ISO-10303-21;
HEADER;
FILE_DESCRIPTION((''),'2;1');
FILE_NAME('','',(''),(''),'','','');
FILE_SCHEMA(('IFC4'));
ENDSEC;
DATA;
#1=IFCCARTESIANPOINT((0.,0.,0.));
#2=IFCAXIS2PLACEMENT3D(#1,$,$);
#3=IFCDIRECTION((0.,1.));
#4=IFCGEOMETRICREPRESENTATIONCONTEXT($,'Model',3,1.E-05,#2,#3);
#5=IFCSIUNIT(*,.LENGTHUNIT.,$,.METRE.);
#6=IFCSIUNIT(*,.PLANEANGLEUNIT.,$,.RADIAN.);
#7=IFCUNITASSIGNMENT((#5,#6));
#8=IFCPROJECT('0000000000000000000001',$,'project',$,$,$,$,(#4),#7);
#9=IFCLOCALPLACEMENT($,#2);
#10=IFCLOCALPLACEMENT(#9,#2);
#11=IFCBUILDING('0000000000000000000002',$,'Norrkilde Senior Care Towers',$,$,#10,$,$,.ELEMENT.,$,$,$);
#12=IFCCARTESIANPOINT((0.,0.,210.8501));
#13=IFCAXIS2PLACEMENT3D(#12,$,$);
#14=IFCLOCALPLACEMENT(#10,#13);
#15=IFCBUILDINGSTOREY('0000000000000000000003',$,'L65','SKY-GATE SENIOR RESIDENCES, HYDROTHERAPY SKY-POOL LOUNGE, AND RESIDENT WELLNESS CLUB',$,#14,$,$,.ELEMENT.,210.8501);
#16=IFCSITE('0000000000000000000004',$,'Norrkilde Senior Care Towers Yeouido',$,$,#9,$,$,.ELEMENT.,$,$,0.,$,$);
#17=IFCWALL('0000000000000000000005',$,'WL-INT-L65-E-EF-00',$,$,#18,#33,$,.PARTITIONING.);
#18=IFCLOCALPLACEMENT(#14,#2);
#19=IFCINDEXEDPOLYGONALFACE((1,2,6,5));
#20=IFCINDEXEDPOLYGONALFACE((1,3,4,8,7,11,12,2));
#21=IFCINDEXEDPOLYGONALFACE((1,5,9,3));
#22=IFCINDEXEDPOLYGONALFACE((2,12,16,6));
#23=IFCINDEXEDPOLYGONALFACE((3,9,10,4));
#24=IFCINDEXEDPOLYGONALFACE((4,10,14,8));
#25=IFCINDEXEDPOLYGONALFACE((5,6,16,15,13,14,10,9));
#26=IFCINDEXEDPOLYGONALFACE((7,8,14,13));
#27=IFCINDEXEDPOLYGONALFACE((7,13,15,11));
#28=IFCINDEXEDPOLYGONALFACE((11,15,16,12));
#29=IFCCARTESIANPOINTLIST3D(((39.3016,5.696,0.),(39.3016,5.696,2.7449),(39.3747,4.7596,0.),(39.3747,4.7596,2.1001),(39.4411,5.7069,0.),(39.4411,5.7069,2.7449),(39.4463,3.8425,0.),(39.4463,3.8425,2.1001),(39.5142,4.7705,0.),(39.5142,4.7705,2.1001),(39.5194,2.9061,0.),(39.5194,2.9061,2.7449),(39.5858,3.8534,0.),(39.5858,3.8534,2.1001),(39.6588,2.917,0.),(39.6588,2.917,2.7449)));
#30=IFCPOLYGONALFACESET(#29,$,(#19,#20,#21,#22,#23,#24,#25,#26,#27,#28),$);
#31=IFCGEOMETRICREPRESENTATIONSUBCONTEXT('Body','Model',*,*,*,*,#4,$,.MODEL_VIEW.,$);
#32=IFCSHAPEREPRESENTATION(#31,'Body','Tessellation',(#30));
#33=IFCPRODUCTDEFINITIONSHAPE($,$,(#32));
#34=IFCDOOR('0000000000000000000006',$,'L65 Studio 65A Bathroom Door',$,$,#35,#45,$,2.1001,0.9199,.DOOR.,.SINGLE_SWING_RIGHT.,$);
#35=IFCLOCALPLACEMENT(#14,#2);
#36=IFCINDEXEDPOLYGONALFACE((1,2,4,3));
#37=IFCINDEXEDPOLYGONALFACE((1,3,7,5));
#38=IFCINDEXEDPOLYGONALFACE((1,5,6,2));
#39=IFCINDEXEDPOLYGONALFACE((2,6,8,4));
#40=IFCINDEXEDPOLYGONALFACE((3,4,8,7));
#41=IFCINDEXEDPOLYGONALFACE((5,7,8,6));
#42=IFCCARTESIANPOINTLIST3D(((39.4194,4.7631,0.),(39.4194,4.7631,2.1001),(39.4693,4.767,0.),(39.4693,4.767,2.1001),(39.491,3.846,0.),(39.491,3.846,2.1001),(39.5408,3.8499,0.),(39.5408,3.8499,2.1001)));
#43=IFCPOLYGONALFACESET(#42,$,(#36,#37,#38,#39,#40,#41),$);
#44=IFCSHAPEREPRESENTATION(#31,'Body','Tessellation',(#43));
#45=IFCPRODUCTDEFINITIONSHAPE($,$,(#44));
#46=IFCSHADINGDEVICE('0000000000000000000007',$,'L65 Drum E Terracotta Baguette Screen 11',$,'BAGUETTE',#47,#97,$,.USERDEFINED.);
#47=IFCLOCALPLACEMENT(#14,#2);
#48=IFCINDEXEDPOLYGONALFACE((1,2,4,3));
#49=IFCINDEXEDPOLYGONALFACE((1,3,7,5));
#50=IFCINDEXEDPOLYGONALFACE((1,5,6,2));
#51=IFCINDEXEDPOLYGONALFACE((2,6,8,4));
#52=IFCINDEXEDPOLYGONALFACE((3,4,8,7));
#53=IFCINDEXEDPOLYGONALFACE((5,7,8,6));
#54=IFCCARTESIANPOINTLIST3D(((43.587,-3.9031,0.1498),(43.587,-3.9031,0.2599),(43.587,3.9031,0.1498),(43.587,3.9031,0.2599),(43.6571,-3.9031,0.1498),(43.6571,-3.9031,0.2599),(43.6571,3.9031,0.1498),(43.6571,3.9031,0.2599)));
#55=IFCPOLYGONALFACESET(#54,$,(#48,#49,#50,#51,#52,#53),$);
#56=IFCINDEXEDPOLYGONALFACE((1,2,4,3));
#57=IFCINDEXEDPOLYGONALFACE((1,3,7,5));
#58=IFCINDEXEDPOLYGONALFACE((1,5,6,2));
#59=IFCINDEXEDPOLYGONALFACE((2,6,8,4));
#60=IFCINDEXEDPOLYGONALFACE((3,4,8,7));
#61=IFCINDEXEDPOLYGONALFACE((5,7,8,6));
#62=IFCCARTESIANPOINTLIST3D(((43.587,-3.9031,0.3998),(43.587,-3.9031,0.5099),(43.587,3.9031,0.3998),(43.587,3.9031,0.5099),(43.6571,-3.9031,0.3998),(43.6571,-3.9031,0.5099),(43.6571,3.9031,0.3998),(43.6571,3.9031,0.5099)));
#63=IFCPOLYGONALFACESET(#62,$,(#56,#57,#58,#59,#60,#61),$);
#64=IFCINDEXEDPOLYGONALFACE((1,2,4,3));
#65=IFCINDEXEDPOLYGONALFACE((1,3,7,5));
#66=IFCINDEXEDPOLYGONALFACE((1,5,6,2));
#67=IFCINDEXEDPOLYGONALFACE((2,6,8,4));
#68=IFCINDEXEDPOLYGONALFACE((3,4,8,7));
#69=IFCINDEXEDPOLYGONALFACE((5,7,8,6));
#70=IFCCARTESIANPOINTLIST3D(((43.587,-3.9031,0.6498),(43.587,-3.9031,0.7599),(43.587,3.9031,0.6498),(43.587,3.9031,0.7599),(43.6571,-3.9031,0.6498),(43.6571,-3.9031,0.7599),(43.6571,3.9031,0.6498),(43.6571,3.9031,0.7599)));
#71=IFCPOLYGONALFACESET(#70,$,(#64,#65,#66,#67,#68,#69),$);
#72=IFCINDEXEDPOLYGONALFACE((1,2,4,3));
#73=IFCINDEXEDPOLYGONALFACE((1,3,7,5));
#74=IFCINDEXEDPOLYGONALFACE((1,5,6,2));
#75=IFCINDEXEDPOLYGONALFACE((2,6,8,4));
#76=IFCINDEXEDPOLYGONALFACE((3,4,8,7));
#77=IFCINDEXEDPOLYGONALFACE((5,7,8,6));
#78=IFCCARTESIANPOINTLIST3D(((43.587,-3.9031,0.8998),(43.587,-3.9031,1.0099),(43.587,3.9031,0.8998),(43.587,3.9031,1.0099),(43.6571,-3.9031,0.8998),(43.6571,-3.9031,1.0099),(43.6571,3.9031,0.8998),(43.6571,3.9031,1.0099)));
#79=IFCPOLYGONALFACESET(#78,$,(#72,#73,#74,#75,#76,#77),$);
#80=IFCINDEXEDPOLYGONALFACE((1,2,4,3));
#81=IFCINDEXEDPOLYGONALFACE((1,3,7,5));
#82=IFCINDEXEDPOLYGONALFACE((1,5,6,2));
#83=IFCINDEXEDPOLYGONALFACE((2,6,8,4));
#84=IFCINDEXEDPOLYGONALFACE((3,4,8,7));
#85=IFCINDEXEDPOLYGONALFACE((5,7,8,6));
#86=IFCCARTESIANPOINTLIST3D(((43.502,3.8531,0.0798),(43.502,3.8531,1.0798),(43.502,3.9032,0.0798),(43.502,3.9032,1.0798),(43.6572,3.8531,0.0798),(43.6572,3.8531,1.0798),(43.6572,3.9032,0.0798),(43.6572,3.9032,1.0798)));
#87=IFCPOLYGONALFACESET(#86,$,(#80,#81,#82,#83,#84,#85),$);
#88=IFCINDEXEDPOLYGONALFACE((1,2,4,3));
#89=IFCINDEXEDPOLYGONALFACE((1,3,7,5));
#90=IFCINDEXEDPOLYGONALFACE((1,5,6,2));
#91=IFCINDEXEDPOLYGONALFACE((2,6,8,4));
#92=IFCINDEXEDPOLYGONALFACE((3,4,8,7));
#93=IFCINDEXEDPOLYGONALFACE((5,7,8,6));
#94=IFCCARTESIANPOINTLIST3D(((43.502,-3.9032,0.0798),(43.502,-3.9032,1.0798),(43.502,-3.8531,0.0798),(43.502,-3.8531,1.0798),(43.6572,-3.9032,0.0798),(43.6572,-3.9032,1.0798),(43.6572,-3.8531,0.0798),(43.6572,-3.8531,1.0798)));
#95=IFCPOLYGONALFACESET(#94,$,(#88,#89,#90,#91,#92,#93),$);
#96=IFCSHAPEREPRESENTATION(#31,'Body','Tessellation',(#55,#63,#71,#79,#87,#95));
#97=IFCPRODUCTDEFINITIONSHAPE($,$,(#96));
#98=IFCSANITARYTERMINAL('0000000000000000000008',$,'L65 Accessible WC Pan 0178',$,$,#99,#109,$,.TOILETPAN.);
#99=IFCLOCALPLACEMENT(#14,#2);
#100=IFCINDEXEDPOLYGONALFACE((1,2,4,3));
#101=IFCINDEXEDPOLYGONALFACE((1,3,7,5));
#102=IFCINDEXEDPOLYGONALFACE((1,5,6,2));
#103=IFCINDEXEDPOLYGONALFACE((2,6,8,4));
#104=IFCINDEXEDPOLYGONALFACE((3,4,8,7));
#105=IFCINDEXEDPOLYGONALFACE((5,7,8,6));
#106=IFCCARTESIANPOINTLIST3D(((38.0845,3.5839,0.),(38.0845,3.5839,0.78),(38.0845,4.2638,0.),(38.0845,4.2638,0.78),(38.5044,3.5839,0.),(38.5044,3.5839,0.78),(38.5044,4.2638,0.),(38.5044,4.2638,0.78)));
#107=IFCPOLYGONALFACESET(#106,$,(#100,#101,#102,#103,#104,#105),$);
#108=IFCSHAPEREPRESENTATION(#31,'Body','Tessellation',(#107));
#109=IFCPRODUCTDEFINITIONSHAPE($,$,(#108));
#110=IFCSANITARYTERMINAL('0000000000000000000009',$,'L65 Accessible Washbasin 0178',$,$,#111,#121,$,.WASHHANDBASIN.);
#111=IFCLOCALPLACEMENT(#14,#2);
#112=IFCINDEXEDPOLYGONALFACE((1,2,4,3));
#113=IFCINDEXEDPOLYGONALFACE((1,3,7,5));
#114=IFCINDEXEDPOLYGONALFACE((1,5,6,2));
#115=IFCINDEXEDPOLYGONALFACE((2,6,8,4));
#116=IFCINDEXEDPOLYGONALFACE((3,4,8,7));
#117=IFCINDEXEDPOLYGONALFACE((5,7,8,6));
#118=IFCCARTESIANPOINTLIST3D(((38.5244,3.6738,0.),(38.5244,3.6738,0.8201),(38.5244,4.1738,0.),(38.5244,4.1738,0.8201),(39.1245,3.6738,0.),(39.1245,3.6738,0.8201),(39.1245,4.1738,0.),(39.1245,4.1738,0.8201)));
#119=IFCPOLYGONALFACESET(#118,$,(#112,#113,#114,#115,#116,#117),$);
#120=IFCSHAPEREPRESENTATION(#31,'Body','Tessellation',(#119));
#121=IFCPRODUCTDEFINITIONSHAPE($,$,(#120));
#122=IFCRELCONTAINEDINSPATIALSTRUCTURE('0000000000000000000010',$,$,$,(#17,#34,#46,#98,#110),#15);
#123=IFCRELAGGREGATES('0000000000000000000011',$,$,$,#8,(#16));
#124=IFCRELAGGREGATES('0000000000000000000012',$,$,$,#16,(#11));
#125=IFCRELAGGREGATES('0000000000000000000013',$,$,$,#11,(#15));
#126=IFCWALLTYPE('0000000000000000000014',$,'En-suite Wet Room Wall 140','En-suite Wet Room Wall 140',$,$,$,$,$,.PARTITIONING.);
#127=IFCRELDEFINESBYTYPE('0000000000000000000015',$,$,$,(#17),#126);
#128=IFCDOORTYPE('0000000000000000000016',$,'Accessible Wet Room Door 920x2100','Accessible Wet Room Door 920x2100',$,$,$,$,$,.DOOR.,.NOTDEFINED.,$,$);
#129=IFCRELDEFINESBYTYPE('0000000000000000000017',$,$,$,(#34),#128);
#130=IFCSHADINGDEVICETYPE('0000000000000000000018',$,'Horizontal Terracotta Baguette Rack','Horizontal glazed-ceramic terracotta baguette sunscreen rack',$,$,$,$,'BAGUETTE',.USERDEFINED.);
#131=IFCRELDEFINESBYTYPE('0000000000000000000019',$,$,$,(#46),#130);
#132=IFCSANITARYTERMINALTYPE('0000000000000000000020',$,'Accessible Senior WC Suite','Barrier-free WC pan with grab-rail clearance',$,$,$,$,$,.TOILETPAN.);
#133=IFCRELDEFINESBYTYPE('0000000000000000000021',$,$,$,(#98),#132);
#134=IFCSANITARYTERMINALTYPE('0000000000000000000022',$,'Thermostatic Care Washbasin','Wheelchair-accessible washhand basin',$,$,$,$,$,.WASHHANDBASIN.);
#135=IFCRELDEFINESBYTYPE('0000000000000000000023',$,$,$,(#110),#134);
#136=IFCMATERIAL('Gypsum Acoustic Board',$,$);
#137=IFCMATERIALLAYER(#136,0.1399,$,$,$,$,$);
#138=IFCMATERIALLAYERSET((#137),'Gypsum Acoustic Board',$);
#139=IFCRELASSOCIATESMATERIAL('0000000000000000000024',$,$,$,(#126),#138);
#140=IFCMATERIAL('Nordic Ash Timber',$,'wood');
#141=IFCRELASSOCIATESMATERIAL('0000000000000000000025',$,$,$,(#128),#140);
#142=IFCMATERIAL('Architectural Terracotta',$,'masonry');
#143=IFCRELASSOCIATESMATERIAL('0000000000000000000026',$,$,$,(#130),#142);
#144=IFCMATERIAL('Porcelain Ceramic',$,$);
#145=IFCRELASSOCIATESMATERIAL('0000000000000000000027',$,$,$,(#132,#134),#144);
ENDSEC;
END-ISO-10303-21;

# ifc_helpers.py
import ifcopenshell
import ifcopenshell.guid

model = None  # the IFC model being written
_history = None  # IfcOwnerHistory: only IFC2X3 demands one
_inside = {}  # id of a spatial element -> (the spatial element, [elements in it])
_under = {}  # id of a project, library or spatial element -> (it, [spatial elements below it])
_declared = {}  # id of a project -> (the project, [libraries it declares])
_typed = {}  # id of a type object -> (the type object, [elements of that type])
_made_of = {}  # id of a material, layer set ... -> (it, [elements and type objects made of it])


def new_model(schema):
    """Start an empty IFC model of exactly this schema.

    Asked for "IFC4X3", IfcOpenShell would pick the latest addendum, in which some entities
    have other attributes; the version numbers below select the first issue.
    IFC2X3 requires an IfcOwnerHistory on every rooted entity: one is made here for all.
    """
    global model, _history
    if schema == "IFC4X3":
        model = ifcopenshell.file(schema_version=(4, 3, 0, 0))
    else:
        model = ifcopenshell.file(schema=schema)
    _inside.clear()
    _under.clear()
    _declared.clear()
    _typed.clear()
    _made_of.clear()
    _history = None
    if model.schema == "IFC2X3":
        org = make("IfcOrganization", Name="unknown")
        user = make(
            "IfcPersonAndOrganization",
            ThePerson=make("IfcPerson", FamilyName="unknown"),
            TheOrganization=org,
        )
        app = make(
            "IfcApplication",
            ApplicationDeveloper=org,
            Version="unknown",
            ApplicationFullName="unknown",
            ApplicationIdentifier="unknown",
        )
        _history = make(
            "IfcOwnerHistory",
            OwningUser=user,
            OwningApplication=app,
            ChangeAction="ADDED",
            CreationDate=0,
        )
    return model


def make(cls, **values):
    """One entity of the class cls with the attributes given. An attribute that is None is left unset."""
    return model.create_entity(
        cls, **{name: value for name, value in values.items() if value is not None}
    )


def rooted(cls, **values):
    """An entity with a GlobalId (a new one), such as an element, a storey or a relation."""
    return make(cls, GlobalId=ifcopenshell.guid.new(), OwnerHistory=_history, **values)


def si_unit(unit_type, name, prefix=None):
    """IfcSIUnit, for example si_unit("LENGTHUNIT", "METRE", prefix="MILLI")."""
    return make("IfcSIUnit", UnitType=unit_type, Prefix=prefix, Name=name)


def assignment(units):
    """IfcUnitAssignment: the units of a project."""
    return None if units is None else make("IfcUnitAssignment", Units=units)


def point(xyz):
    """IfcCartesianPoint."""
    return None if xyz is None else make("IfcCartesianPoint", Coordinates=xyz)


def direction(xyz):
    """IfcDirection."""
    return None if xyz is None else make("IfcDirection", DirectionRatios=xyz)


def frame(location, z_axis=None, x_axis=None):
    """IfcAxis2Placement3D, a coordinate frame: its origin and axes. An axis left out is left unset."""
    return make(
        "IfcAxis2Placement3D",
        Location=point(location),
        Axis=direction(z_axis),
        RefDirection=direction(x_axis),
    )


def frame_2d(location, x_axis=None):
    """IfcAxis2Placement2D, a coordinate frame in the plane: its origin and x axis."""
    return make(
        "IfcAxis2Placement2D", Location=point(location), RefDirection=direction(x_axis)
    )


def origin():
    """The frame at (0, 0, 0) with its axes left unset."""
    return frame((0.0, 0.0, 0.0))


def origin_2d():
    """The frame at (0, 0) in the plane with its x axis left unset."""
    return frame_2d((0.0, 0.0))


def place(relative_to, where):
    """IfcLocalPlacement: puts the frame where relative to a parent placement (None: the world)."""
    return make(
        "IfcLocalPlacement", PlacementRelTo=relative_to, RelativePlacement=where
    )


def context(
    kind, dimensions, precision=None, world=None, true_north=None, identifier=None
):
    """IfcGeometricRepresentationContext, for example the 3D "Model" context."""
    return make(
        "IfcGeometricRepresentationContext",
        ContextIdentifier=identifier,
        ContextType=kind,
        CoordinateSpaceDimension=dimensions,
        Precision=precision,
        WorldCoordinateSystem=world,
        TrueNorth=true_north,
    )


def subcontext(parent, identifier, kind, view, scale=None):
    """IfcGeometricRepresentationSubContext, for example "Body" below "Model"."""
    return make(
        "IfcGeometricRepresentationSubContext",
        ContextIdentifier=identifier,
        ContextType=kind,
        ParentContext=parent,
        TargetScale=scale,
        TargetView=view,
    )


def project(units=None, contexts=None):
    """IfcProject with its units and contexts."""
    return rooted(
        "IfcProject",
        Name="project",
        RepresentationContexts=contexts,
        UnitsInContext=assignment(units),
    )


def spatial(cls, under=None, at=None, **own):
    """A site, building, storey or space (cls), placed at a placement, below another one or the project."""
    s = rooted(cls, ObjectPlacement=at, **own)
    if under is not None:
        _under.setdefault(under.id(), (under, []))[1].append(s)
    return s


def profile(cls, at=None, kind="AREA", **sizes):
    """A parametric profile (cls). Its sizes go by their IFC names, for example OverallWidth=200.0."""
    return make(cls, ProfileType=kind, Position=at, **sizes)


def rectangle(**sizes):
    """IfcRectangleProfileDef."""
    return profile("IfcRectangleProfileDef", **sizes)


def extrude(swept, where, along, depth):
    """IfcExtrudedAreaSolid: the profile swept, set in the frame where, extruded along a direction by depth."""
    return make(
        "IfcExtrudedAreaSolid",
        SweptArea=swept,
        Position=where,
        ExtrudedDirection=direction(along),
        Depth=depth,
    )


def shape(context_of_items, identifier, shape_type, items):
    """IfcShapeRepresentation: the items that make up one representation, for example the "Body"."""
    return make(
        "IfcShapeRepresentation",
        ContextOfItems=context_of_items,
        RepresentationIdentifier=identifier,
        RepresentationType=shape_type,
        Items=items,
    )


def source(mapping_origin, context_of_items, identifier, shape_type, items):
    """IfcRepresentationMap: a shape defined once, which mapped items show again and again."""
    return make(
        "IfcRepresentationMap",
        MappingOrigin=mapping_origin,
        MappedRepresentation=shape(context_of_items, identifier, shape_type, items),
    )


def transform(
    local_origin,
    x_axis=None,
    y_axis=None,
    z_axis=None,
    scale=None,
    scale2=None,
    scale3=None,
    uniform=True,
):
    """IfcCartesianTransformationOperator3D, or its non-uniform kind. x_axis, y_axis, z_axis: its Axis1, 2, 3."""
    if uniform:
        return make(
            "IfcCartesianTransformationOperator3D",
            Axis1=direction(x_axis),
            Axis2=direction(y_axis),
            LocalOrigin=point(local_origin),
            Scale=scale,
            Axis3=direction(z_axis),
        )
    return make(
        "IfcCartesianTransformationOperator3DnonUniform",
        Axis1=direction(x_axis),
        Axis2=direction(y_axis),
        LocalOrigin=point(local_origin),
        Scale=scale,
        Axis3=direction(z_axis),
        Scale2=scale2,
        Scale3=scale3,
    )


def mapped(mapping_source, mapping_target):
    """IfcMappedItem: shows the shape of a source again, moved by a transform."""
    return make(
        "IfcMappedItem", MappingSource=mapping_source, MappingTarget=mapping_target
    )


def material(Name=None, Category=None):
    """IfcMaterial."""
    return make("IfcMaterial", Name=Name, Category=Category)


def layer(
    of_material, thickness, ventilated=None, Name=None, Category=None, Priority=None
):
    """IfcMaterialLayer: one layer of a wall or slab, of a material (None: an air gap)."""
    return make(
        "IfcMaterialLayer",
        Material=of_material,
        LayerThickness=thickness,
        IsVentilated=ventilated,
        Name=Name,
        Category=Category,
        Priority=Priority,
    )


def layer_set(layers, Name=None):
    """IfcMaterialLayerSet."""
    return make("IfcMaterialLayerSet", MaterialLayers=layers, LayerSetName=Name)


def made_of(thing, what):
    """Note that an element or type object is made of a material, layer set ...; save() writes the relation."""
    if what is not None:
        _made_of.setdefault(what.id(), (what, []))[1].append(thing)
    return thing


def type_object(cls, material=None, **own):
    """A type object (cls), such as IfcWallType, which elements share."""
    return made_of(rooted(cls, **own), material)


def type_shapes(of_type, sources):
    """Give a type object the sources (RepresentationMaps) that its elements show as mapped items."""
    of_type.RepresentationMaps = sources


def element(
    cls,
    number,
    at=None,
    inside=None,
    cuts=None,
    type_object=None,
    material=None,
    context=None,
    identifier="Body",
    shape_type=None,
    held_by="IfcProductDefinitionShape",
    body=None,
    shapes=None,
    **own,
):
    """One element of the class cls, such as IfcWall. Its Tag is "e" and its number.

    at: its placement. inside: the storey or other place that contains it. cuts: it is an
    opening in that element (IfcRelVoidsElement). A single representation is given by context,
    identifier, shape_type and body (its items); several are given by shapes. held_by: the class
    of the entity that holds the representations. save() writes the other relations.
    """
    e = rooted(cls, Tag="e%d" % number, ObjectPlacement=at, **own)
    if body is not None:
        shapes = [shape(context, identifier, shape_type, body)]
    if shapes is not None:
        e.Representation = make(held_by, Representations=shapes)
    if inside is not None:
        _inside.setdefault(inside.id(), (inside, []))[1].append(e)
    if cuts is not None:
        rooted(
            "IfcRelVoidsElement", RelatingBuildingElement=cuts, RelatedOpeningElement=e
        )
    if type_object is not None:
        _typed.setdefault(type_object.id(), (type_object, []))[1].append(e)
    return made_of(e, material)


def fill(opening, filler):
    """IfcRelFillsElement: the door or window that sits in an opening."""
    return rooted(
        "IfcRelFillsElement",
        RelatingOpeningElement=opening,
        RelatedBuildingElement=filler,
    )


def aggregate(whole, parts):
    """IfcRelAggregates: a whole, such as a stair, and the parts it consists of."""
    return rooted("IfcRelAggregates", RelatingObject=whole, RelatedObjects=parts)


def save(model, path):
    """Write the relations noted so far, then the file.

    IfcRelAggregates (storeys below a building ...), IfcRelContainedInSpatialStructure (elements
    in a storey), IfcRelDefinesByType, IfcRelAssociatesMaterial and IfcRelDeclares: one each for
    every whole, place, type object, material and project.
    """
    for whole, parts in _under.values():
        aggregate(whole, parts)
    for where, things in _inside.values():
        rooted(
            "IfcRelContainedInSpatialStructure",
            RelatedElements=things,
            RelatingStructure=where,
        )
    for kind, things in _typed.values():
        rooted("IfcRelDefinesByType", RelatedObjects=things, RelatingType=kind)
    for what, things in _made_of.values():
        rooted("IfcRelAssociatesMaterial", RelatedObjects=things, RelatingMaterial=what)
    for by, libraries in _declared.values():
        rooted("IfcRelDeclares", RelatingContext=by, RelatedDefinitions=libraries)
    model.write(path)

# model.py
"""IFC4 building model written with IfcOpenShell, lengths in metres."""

from ifc_helpers import new_model, si_unit, direction, frame, frame_2d, origin, origin_2d, place, context, subcontext, project, spatial, rectangle, extrude, source, transform, mapped, material, layer, layer_set, type_object, type_shapes, element, fill, save


model = new_model("IFC4")

# Units and contexts
model_context = context("Model", 3, precision=1e-05, world=origin(), true_north=direction((0.0, 1.0)))
body_context = subcontext(model_context, "Body", "Model", "MODEL_VIEW")
ifc_project = project(units=[si_unit("LENGTHUNIT", "METRE"), si_unit("PLANEANGLEUNIT", "RADIAN")], contexts=[model_context])

# Site, building, storey
site_placement = place(None, origin())
site = spatial("IfcSite", under=ifc_project, at=site_placement, Name="Norrkilde Senior Care Towers Yeouido", CompositionType="ELEMENT", RefElevation=0.0)
building_placement = place(site_placement, origin())
building = spatial("IfcBuilding", under=site, at=building_placement, Name="Norrkilde Senior Care Towers", CompositionType="ELEMENT")
storey_placement = place(building_placement, frame((0.0, 0.0, 210.8501)))
storey = spatial("IfcBuildingStorey", under=building, at=storey_placement, Name="L65", Description="SKY-GATE SENIOR RESIDENCES, HYDROTHERAPY SKY-POOL LOUNGE, AND RESIDENT WELLNESS CLUB", CompositionType="ELEMENT", Elevation=210.8501)

# Shared definitions
ifc_material_1 = material(Name="Gypsum Acoustic Board")

# Shared definitions
ifc_material_2 = material(Name="Nordic Ash Timber", Category="wood")

# Shared definitions
ifc_layer_1 = layer(ifc_material_1, 0.1399)
ifc_layer_set_1 = layer_set([ifc_layer_1], Name="Gypsum Acoustic Board")
wall_type_1 = type_object("IfcWallType", Name="En-suite Wet Room Wall 140", Description="En-suite Wet Room Wall 140", PredefinedType="PARTITIONING", material=ifc_layer_set_1)

# Wall, opening, door
shared_shape_1 = source(origin(), body_context, "Body", "SweptSolid", [
    extrude(rectangle(XDim=2.7983, YDim=0.1399, at=frame_2d((1.3992, 0.0))), origin(), (0.0, 0.0, 1.0), 2.7449),
])
wall_1_placement = place(storey_placement, frame((39.3713, 5.7014, 0.0), z_axis=(0.0, 0.0, 1.0), x_axis=(0.077824, -0.996967, 0.0)))
wall_1 = element("IfcWall", 1, at=wall_1_placement, inside=storey, type_object=wall_type_1, Name="WL-INT-L65-E-EF-00", PredefinedType="PARTITIONING", context=body_context, shape_type="MappedRepresentation", body=[
    mapped(shared_shape_1, transform((0.0, 0.0, 0.0), x_axis=(1.0, 0.0, 0.0), y_axis=(0.0, 1.0, 0.0), z_axis=(0.0, 0.0, 1.0), scale=1.0)),
])
opening_1_placement = place(wall_1_placement, frame((0.9392, 0.0, 0.0)))
opening_1 = element("IfcOpeningElement", 2, at=opening_1_placement, cuts=wall_1, PredefinedType="OPENING", context=body_context, shape_type="SweptSolid", body=[
    extrude(rectangle(XDim=0.9199, YDim=2.1001, at=frame_2d((0.46, 1.05))), frame((0.0, 0.0798, 0.0), z_axis=(0.0, -1.0, 0.0), x_axis=(1.0, 0.0, 0.0)), (0.0, 0.0, 1.0), 0.1599),
])
door_type_1 = type_object("IfcDoorType", Name="Accessible Wet Room Door 920x2100", Description="Accessible Wet Room Door 920x2100", OperationType="NOTDEFINED", PredefinedType="DOOR", material=ifc_material_2)
shared_shape_2 = source(origin(), body_context, "Body", "SweptSolid", [
    extrude(rectangle(XDim=0.9199, YDim=2.1001, at=frame_2d((0.46, 1.05))), frame((0.0, 0.0249, 0.0), z_axis=(0.0, -1.0, 0.0), x_axis=(1.0, 0.0, 0.0)), (0.0, 0.0, 1.0), 0.05),
])
type_shapes(door_type_1, [shared_shape_2])
door_1_placement = place(opening_1_placement, origin())
door_1 = element("IfcDoor", 3, at=door_1_placement, inside=storey, type_object=door_type_1, Name="L65 Studio 65A Bathroom Door", OperationType="SINGLE_SWING_RIGHT", OverallHeight=2.1001, OverallWidth=0.9199, PredefinedType="DOOR", context=body_context, shape_type="MappedRepresentation", body=[
    mapped(shared_shape_2, transform((0.0, 0.0, 0.0), x_axis=(1.0, 0.0, 0.0), y_axis=(0.0, 1.0, 0.0), z_axis=(0.0, 0.0, 1.0), scale=1.0)),
])
fill(opening_1, door_1)

# Shading device
ifc_material_3 = material(Name="Architectural Terracotta", Category="masonry")
shading_device_type = type_object("IfcShadingDeviceType", Name="Horizontal Terracotta Baguette Rack", Description="Horizontal glazed-ceramic terracotta baguette sunscreen rack", ElementType="BAGUETTE", PredefinedType="USERDEFINED", material=ifc_material_3)
shared_shape_3 = source(origin(), body_context, "Body", "SweptSolid", [
    extrude(rectangle(XDim=0.0701, YDim=0.1101, at=origin_2d()), frame((0.0, 0.0901, 0.125), z_axis=(1.0, 0.0, 0.0), x_axis=(0.0, 1.0, 0.0)), (0.0, 0.0, 1.0), 7.8062),
    extrude(rectangle(XDim=0.0701, YDim=0.1101, at=origin_2d()), frame((0.0, 0.0901, 0.375), z_axis=(1.0, 0.0, 0.0), x_axis=(0.0, 1.0, 0.0)), (0.0, 0.0, 1.0), 7.8062),
    extrude(rectangle(XDim=0.0701, YDim=0.1101, at=origin_2d()), frame((0.0, 0.0901, 0.625), z_axis=(1.0, 0.0, 0.0), x_axis=(0.0, 1.0, 0.0)), (0.0, 0.0, 1.0), 7.8062),
    extrude(rectangle(XDim=0.0701, YDim=0.1101, at=origin_2d()), frame((0.0, 0.0901, 0.875), z_axis=(1.0, 0.0, 0.0), x_axis=(0.0, 1.0, 0.0)), (0.0, 0.0, 1.0), 7.8062),
    extrude(rectangle(XDim=0.05, YDim=0.1553, at=origin_2d()), frame((0.0249, 0.0476, 0.0)), (0.0, 0.0, 1.0), 1.0),
    extrude(rectangle(XDim=0.05, YDim=0.1553, at=origin_2d()), frame((7.7812, 0.0476, 0.0)), (0.0, 0.0, 1.0), 1.0),
])
type_shapes(shading_device_type, [shared_shape_3])
shading_device_placement = place(storey_placement, frame((43.532, 3.9031, 0.0798), z_axis=(0.0, 0.0, 1.0), x_axis=(0.0, -1.0, 0.0)))
element("IfcShadingDevice", 4, at=shading_device_placement, inside=storey, type_object=shading_device_type, Name="L65 Drum E Terracotta Baguette Screen 11", ObjectType="BAGUETTE", PredefinedType="USERDEFINED", context=body_context, shape_type="MappedRepresentation", body=[
    mapped(shared_shape_3, transform((0.0, 0.0, 0.0), x_axis=(1.0, 0.0, 0.0), y_axis=(0.0, 1.0, 0.0), z_axis=(0.0, 0.0, 1.0), scale=1.0)),
])

# Sanitary terminals
ifc_material_4 = material(Name="Porcelain Ceramic")
sanitary_terminal_type_1 = type_object("IfcSanitaryTerminalType", Name="Accessible Senior WC Suite", Description="Barrier-free WC pan with grab-rail clearance", PredefinedType="TOILETPAN", material=ifc_material_4)
shared_shape_4 = source(origin(), body_context, "Body", "SweptSolid", [
    extrude(rectangle(XDim=0.4199, YDim=0.6799, at=origin_2d()), origin(), (0.0, 0.0, 1.0), 0.78),
])
type_shapes(sanitary_terminal_type_1, [shared_shape_4])
sanitary_terminal_1_placement = place(storey_placement, frame((38.2944, 3.9238, 0.0), z_axis=(0.0, 0.0, 1.0), x_axis=(1.0, 0.0, 0.0)))
element("IfcSanitaryTerminal", 5, at=sanitary_terminal_1_placement, inside=storey, type_object=sanitary_terminal_type_1, Name="L65 Accessible WC Pan 0178", PredefinedType="TOILETPAN", context=body_context, shape_type="MappedRepresentation", body=[
    mapped(shared_shape_4, transform((0.0, 0.0, 0.0), x_axis=(1.0, 0.0, 0.0), y_axis=(0.0, 1.0, 0.0), z_axis=(0.0, 0.0, 1.0), scale=1.0)),
])
sanitary_terminal_type_2 = type_object("IfcSanitaryTerminalType", Name="Thermostatic Care Washbasin", Description="Wheelchair-accessible washhand basin", PredefinedType="WASHHANDBASIN", material=ifc_material_4)
shared_shape_5 = source(origin(), body_context, "Body", "SweptSolid", [
    extrude(rectangle(XDim=0.6001, YDim=0.5, at=origin_2d()), origin(), (0.0, 0.0, 1.0), 0.8201),
])
type_shapes(sanitary_terminal_type_2, [shared_shape_5])
sanitary_terminal_2_placement = place(storey_placement, frame((38.8245, 3.9238, 0.0), z_axis=(0.0, 0.0, 1.0), x_axis=(1.0, 0.0, 0.0)))
element("IfcSanitaryTerminal", 6, at=sanitary_terminal_2_placement, inside=storey, type_object=sanitary_terminal_type_2, Name="L65 Accessible Washbasin 0178", PredefinedType="WASHHANDBASIN", context=body_context, shape_type="MappedRepresentation", body=[
    mapped(shared_shape_5, transform((0.0, 0.0, 0.0), x_axis=(1.0, 0.0, 0.0), y_axis=(0.0, 1.0, 0.0), z_axis=(0.0, 0.0, 1.0), scale=1.0)),
])

save(model, "model.ifc")
